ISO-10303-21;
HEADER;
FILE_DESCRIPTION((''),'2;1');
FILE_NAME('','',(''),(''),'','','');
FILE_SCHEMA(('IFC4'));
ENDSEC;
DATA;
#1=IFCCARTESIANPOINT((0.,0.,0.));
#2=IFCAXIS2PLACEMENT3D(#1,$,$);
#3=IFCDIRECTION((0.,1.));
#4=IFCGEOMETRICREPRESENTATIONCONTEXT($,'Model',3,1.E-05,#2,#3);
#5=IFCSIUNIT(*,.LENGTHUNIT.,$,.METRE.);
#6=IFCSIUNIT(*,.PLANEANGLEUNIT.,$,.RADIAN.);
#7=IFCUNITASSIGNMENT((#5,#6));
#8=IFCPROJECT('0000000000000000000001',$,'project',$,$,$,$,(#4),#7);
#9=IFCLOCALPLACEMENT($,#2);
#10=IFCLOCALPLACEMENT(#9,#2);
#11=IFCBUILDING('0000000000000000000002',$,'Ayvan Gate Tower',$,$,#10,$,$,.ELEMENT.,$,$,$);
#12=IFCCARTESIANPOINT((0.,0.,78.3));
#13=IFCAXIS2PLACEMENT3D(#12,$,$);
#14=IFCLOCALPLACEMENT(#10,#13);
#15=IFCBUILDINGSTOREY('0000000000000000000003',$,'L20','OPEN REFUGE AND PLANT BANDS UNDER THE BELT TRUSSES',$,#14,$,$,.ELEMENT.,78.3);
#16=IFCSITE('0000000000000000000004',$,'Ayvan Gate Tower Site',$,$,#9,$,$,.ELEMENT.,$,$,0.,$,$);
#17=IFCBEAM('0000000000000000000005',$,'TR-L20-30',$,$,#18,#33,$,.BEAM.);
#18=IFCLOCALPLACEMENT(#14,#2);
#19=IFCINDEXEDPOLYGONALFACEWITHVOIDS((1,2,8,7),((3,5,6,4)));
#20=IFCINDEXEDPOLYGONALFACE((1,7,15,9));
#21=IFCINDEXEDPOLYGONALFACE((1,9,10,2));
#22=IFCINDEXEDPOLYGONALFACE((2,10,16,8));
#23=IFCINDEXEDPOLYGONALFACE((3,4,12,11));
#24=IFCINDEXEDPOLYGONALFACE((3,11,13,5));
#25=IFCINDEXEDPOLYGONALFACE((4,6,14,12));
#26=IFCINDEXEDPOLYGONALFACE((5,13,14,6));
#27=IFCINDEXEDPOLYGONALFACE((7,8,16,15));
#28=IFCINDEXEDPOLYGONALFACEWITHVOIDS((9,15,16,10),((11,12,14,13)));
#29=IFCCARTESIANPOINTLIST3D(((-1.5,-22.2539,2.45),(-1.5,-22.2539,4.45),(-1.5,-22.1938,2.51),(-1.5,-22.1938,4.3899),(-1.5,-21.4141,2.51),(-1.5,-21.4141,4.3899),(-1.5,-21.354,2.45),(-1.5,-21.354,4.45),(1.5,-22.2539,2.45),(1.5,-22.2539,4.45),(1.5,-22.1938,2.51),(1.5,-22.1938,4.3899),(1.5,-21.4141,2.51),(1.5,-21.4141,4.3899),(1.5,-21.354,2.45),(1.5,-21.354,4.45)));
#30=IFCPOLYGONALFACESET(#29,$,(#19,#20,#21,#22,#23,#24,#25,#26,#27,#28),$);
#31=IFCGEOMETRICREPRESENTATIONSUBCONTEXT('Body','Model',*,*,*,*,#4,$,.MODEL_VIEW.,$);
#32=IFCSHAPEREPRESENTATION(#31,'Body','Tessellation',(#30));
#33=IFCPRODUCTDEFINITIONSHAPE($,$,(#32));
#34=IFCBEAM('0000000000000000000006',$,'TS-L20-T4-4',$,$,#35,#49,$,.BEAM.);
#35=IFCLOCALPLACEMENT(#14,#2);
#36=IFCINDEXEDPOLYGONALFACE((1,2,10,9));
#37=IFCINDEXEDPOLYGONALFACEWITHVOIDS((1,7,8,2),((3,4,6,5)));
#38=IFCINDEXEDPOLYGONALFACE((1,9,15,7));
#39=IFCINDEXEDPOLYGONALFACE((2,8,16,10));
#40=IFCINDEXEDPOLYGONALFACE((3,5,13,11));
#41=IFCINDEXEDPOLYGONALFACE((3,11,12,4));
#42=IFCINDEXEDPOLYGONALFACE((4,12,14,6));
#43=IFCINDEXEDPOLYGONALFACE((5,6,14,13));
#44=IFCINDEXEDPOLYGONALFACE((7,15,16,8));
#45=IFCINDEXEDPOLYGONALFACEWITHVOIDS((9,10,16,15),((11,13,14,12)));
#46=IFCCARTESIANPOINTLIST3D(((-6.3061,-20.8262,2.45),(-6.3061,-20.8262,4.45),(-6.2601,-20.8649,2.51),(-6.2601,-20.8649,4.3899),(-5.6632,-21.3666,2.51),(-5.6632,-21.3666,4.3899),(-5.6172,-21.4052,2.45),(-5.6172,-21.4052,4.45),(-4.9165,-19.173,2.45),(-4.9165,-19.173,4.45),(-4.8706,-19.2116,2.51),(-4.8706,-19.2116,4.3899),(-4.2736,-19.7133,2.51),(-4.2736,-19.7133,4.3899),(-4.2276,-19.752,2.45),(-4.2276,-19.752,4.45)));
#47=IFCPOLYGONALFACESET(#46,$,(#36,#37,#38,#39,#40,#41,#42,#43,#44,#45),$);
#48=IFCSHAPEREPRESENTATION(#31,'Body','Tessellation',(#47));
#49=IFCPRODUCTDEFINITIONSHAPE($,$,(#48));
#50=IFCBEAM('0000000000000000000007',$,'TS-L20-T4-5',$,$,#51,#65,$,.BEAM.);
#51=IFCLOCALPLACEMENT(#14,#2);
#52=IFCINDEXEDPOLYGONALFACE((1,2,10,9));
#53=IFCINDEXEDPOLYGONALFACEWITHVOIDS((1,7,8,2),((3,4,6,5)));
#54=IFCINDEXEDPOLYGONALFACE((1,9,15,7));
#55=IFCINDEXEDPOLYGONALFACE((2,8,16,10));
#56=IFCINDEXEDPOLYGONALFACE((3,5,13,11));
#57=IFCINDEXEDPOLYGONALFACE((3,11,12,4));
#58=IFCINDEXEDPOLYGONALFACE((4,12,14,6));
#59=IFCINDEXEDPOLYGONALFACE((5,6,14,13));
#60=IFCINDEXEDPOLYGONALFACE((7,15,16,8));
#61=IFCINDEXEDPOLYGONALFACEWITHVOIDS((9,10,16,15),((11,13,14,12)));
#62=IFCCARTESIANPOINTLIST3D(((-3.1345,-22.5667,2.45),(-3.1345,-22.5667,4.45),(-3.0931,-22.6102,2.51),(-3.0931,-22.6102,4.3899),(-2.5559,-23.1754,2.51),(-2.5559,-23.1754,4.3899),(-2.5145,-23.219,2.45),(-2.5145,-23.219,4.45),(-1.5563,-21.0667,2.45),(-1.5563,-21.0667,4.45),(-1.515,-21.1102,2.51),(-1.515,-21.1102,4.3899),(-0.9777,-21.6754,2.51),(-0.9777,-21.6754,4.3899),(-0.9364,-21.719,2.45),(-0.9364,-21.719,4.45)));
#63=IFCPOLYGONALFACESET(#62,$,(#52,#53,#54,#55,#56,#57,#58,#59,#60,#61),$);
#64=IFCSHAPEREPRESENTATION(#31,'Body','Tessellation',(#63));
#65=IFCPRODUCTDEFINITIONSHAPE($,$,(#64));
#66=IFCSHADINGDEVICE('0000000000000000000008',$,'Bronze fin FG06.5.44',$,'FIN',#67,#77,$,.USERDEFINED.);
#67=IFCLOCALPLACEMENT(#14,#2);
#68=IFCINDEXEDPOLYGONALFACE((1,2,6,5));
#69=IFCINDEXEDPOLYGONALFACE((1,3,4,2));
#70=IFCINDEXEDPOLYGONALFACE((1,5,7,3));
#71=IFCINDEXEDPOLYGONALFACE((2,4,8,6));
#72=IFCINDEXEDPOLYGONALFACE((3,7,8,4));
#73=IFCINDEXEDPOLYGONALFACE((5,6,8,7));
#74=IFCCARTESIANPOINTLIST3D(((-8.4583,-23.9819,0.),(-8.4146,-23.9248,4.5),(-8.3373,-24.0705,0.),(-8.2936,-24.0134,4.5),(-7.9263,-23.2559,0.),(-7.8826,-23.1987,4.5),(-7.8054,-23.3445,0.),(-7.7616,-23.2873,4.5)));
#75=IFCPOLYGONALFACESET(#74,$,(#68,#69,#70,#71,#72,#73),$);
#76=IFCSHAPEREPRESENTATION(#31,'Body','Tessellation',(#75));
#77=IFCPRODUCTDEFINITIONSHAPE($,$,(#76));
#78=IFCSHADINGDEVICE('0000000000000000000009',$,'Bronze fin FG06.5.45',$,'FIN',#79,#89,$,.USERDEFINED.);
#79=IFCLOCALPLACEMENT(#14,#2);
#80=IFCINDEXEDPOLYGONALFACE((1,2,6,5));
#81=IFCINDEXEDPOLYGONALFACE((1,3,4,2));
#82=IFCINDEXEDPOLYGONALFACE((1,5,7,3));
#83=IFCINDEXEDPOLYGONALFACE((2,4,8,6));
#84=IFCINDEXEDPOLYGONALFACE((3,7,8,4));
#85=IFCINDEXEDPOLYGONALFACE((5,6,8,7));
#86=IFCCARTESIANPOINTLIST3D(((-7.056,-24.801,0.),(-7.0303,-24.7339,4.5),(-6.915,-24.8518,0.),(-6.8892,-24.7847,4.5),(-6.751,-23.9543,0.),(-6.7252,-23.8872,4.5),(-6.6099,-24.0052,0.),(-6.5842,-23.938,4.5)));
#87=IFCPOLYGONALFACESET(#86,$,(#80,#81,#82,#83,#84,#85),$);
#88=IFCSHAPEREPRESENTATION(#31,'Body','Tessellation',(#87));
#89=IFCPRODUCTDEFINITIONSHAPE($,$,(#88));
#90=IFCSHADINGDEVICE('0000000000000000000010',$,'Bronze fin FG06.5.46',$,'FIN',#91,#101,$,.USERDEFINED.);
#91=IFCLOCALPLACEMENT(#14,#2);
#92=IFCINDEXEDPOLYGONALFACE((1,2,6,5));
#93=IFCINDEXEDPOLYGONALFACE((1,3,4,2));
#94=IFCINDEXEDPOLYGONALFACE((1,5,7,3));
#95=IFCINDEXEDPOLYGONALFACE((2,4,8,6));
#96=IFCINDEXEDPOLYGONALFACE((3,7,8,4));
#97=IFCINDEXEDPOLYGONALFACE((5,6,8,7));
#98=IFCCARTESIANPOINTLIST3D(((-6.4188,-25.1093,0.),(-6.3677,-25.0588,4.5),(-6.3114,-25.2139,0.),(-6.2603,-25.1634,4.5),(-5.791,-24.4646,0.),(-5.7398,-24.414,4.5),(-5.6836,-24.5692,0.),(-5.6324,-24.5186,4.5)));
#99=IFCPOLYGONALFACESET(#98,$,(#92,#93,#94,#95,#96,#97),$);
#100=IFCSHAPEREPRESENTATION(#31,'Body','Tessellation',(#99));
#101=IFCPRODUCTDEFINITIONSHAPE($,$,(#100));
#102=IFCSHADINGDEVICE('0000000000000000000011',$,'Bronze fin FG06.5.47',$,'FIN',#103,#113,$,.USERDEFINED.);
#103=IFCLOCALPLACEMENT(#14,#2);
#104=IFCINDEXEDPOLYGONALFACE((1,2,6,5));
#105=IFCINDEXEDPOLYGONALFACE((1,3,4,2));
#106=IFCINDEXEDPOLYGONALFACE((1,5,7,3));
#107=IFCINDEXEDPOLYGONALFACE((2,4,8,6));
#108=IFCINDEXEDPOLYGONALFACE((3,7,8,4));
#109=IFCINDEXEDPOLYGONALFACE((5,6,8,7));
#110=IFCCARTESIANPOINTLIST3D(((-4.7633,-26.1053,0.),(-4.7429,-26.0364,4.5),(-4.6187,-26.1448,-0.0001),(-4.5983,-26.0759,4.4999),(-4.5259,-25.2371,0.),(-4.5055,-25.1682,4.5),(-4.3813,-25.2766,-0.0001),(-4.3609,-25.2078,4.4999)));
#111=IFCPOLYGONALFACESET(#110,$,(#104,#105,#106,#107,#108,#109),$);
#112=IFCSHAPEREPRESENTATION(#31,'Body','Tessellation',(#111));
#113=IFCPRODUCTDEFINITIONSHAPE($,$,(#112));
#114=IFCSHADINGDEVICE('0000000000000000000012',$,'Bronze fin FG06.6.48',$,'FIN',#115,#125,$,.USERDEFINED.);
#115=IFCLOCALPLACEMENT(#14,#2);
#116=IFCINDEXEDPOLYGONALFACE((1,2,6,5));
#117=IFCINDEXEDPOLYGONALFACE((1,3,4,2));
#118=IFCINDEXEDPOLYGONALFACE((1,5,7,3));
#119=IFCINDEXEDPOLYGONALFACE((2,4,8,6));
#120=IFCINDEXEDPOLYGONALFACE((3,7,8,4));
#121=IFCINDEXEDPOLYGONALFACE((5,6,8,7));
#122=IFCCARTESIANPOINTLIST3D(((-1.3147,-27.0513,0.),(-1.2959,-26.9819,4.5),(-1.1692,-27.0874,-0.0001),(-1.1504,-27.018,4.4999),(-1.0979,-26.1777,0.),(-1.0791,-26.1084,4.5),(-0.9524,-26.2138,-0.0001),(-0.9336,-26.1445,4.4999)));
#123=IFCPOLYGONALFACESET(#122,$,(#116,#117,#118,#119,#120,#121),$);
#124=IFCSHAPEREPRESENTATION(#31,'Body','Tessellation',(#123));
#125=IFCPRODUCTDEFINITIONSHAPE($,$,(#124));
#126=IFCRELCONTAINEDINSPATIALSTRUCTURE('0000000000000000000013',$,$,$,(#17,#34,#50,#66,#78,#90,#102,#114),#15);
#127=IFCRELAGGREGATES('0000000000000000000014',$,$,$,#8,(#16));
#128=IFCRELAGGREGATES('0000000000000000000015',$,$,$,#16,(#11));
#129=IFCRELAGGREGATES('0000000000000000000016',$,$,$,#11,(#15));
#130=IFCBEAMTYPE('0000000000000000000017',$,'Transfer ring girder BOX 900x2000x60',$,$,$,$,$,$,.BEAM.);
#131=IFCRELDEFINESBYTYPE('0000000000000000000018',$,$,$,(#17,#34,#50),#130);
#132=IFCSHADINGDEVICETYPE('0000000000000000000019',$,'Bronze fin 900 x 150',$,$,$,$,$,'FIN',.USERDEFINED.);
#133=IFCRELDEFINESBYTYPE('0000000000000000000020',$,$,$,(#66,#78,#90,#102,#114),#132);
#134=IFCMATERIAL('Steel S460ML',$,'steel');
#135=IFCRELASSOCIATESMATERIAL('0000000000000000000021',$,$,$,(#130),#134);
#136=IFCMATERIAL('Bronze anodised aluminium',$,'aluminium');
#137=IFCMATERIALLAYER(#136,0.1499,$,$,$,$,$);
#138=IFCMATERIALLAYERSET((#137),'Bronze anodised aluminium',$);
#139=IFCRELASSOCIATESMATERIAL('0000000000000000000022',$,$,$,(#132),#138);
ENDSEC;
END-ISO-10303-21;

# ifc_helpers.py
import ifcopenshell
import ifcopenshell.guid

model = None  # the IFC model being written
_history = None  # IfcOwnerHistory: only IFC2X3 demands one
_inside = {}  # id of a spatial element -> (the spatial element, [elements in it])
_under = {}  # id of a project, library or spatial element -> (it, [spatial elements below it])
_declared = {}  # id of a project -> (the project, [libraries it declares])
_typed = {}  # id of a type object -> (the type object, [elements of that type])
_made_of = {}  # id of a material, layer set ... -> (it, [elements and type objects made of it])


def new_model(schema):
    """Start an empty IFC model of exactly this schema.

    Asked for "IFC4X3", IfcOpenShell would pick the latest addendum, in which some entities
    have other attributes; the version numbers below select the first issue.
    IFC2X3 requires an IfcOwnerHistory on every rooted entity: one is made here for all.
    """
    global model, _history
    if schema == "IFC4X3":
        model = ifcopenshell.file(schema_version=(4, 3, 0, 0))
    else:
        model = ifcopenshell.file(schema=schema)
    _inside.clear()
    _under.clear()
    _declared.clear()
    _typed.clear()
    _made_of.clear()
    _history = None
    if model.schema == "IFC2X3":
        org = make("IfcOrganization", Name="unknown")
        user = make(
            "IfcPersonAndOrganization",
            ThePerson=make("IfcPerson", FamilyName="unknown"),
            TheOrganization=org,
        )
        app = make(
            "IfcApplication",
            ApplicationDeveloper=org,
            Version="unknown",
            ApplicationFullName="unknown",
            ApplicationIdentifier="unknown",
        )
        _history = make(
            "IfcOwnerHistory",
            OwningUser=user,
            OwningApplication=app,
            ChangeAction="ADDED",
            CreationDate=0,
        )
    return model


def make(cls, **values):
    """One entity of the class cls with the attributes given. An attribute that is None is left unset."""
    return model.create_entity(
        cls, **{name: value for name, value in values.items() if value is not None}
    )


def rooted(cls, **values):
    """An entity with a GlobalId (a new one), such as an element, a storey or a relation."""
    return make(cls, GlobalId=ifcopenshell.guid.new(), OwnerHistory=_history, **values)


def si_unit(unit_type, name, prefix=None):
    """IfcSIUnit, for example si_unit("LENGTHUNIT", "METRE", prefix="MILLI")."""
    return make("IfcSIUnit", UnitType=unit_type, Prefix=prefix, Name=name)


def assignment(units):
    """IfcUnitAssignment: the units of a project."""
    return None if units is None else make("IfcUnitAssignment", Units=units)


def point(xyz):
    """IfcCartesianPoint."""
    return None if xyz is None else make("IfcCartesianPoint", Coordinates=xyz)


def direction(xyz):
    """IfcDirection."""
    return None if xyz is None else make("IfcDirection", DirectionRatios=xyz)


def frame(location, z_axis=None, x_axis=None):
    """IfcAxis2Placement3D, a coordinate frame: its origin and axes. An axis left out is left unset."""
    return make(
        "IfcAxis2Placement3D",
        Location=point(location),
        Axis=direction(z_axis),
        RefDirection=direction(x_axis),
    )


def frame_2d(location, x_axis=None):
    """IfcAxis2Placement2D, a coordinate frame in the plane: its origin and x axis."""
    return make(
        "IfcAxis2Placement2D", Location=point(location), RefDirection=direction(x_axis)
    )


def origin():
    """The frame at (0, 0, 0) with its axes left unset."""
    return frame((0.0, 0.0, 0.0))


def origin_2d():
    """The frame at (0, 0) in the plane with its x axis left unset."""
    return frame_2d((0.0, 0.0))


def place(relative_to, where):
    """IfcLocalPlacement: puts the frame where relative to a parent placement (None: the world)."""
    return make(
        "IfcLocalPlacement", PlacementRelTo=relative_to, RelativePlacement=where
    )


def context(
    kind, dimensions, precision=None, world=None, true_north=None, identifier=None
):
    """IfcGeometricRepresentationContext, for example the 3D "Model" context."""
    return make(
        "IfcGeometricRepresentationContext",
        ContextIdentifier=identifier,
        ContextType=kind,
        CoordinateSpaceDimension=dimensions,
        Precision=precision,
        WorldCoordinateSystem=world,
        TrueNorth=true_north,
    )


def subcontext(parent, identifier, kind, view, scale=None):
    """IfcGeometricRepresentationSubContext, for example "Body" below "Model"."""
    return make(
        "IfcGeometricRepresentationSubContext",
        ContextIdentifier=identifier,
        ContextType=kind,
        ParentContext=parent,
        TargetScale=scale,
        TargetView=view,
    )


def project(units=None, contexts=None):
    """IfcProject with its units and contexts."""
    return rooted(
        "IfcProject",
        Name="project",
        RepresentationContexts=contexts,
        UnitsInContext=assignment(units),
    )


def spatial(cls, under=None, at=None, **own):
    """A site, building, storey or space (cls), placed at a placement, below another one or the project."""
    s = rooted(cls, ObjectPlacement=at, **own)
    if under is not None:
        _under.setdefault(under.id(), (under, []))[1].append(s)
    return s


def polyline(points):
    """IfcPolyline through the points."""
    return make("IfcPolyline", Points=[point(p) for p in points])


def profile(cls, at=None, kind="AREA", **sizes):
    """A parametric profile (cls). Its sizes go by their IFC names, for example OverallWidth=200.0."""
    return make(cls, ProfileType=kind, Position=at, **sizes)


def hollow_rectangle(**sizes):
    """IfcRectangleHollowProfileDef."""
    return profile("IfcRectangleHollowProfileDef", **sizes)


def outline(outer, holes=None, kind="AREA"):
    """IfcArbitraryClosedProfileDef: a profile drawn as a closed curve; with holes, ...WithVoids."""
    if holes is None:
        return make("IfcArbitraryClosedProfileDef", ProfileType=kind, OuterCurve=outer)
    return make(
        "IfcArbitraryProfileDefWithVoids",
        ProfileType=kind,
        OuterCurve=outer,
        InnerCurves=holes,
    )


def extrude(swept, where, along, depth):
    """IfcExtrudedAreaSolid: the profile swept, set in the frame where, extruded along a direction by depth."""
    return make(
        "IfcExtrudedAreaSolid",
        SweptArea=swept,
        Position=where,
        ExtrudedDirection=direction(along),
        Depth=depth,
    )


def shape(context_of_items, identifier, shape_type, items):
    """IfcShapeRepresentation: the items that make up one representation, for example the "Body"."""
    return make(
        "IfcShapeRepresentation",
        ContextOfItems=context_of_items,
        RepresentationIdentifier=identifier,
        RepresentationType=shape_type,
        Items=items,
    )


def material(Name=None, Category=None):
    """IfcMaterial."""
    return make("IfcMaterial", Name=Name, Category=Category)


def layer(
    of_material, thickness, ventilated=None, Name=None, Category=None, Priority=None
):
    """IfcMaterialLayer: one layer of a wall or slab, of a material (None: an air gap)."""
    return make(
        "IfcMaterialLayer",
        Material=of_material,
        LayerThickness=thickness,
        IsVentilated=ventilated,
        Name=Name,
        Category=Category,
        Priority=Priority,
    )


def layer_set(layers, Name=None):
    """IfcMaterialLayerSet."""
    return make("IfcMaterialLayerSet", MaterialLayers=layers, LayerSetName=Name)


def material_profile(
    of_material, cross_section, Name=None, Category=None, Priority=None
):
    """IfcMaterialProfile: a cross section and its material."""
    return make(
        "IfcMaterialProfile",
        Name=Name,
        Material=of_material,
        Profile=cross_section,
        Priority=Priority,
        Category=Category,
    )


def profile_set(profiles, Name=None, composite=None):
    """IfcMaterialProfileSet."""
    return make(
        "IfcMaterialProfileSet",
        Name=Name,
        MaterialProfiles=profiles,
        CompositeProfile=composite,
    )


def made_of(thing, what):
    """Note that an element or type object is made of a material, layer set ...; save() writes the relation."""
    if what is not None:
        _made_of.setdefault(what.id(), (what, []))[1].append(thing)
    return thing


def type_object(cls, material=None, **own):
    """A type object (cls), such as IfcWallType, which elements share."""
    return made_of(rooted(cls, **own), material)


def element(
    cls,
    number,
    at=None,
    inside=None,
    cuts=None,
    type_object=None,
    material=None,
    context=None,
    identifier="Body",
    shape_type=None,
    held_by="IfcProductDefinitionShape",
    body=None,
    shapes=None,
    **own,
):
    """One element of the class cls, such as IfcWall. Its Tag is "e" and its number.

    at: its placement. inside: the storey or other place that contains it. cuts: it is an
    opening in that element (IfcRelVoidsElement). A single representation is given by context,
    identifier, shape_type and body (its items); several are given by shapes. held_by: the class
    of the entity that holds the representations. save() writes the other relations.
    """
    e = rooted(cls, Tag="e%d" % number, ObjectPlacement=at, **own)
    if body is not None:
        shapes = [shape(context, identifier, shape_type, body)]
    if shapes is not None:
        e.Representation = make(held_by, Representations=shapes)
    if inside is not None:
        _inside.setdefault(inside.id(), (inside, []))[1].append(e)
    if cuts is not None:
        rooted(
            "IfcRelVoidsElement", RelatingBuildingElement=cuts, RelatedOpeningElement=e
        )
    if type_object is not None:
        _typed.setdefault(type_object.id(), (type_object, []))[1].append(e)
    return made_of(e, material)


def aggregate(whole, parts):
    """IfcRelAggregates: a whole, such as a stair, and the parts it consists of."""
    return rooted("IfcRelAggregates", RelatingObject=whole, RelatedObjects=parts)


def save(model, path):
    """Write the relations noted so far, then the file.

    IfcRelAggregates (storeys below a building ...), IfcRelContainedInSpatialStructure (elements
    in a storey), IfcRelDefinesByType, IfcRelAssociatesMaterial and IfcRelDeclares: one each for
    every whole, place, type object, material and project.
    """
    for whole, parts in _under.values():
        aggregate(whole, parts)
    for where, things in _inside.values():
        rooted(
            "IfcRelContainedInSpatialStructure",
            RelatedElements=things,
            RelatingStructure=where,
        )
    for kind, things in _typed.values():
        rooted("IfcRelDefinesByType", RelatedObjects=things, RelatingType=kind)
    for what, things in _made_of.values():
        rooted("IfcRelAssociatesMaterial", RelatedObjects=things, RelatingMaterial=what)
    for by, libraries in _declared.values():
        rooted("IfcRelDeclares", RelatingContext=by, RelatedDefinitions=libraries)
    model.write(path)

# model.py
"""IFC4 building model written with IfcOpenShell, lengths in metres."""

from ifc_helpers import new_model, si_unit, direction, frame, origin, origin_2d, place, context, subcontext, project, spatial, polyline, hollow_rectangle, outline, extrude, material, layer, layer_set, material_profile, profile_set, type_object, element, save


model = new_model("IFC4")

# Units and contexts
model_context = context("Model", 3, precision=1e-05, world=origin(), true_north=direction((0.0, 1.0)))
body_context = subcontext(model_context, "Body", "Model", "MODEL_VIEW")
ifc_project = project(units=[si_unit("LENGTHUNIT", "METRE"), si_unit("PLANEANGLEUNIT", "RADIAN")], contexts=[model_context])

# Site, building, storey
site_placement = place(None, origin())
site = spatial("IfcSite", under=ifc_project, at=site_placement, Name="Ayvan Gate Tower Site", CompositionType="ELEMENT", RefElevation=0.0)
building_placement = place(site_placement, origin())
building = spatial("IfcBuilding", under=site, at=building_placement, Name="Ayvan Gate Tower", CompositionType="ELEMENT")
storey_placement = place(building_placement, frame((0.0, 0.0, 78.3)))
storey = spatial("IfcBuildingStorey", under=building, at=storey_placement, Name="L20", Description="OPEN REFUGE AND PLANT BANDS UNDER THE BELT TRUSSES", CompositionType="ELEMENT", Elevation=78.3)

# Shared definitions
ifc_material_1 = material(Name="Steel S460ML", Category="steel")

# Beams
ifc_material_profile_1 = material_profile(ifc_material_1, hollow_rectangle(XDim=0.8999, YDim=2.0, WallThickness=0.0601, at=origin_2d()), Name="BOX 900x2000x60")
ifc_profile_set_1 = profile_set([ifc_material_profile_1], Name="Steel S460ML")
beam_type_1 = type_object("IfcBeamType", Name="Transfer ring girder BOX 900x2000x60", PredefinedType="BEAM", material=ifc_profile_set_1)
beam_1_placement = place(storey_placement, frame((-1.5, -21.804, 3.45), z_axis=(1.0, 0.0, 0.0), x_axis=(0.0, 1.0, 0.0)))
element("IfcBeam", 1, at=beam_1_placement, inside=storey, type_object=beam_type_1, Name="TR-L20-30", PredefinedType="BEAM", context=body_context, shape_type="SweptSolid", body=[
    extrude(hollow_rectangle(XDim=0.8999, YDim=2.0, WallThickness=0.0601, at=origin_2d()), origin(), (0.0, 0.0, 1.0), 3.0),
])
beam_2_placement = place(storey_placement, frame((-5.9617, -21.1157, 3.45), z_axis=(0.643425, 0.765509, 0.0), x_axis=(-0.765509, 0.643425, 0.0)))
element("IfcBeam", 2, at=beam_2_placement, inside=storey, type_object=beam_type_1, Name="TS-L20-T4-4", PredefinedType="BEAM", context=body_context, shape_type="SweptSolid", body=[
    extrude(hollow_rectangle(XDim=0.8999, YDim=2.0, WallThickness=0.0601, at=origin_2d()), origin(), (0.0, 0.0, 1.0), 2.1597),
])
beam_3_placement = place(storey_placement, frame((-2.8245, -22.8928, 3.45), z_axis=(0.72482, 0.688938, 0.0), x_axis=(-0.688938, 0.72482, 0.0)))
element("IfcBeam", 3, at=beam_3_placement, inside=storey, type_object=beam_type_1, Name="TS-L20-T4-5", PredefinedType="BEAM", context=body_context, shape_type="SweptSolid", body=[
    extrude(hollow_rectangle(XDim=0.8999, YDim=2.0, WallThickness=0.0601, at=origin_2d()), origin(), (0.0, 0.0, 1.0), 2.1772),
])

# Shading devices
ifc_material_2 = material(Name="Bronze anodised aluminium", Category="aluminium")
ifc_layer_1 = layer(ifc_material_2, 0.1499)
ifc_layer_set_1 = layer_set([ifc_layer_1], Name="Bronze anodised aluminium")
shading_device_type = type_object("IfcShadingDeviceType", Name="Bronze fin 900 x 150", ElementType="FIN", PredefinedType="USERDEFINED", material=ifc_layer_set_1)
shading_device_1_placement = place(storey_placement, frame((-7.9263, -23.2559, 0.0), z_axis=(-0.806655, 0.591023, 0.000331), x_axis=(-0.591023, -0.806655, 0.0)))
element("IfcShadingDevice", 4, at=shading_device_1_placement, inside=storey, type_object=shading_device_type, Name="Bronze fin FG06.5.44", ObjectType="FIN", PredefinedType="USERDEFINED", context=body_context, shape_type="SweptSolid", body=[
    extrude(outline(polyline([(0.0, 0.0), (0.9001, 0.0), (0.8282, 4.5), (-0.0719, 4.5), (0.0, 0.0)])), origin(), (0.0, 0.0, -1.0), 0.1499),
])
shading_device_2_placement = place(storey_placement, frame((-6.751, -23.9543, 0.0), z_axis=(-0.940799, 0.338964, 0.000328), x_axis=(-0.338964, -0.940799, 0.0)))
element("IfcShadingDevice", 5, at=shading_device_2_placement, inside=storey, type_object=shading_device_type, Name="Bronze fin FG06.5.45", ObjectType="FIN", PredefinedType="USERDEFINED", context=body_context, shape_type="SweptSolid", body=[
    extrude(outline(polyline([(0.0, 0.0), (0.8999, 0.0), (0.8281, 4.5), (-0.0719, 4.5), (0.0, 0.0)])), origin(), (0.0, 0.0, -1.0), 0.1499),
])
shading_device_3_placement = place(storey_placement, frame((-5.791, -24.4646, 0.0), z_axis=(-0.716471, 0.697617, 0.000309), x_axis=(-0.697617, -0.716471, 0.0)))
element("IfcShadingDevice", 6, at=shading_device_3_placement, inside=storey, type_object=shading_device_type, Name="Bronze fin FG06.5.46", ObjectType="FIN", PredefinedType="USERDEFINED", context=body_context, shape_type="SweptSolid", body=[
    extrude(outline(polyline([(0.0, 0.0), (0.8998, 0.0), (0.828, 4.5), (-0.072, 4.5), (0.0, 0.0)])), origin(), (0.0, 0.0, -1.0), 0.1499),
])
shading_device_4_placement = place(storey_placement, frame((-4.5259, -25.2371, 0.0), z_axis=(-0.964579, 0.263794, 0.000334), x_axis=(-0.263794, -0.964579, 0.0)))
element("IfcShadingDevice", 7, at=shading_device_4_placement, inside=storey, type_object=shading_device_type, Name="Bronze fin FG06.5.47", ObjectType="FIN", PredefinedType="USERDEFINED", context=body_context, shape_type="SweptSolid", body=[
    extrude(outline(polyline([(0.0, 0.0), (0.9001, 0.0), (0.8283, 4.5), (-0.0718, 4.5), (0.0, 0.0)])), origin(), (0.0, 0.0, -1.0), 0.1499),
])
shading_device_5_placement = place(storey_placement, frame((-1.0979, -26.1777, 0.0), z_axis=(-0.970556, 0.240876, 0.000343), x_axis=(-0.240876, -0.970556, 0.0)))
element("IfcShadingDevice", 8, at=shading_device_5_placement, inside=storey, type_object=shading_device_type, Name="Bronze fin FG06.6.48", ObjectType="FIN", PredefinedType="USERDEFINED", context=body_context, shape_type="SweptSolid", body=[
    extrude(outline(polyline([(0.0, 0.0), (0.9, 0.0), (0.8282, 4.5), (-0.0718, 4.5), (0.0, 0.0)])), origin(), (0.0, 0.0, -1.0), 0.1499),
])

save(model, "model.ifc")
